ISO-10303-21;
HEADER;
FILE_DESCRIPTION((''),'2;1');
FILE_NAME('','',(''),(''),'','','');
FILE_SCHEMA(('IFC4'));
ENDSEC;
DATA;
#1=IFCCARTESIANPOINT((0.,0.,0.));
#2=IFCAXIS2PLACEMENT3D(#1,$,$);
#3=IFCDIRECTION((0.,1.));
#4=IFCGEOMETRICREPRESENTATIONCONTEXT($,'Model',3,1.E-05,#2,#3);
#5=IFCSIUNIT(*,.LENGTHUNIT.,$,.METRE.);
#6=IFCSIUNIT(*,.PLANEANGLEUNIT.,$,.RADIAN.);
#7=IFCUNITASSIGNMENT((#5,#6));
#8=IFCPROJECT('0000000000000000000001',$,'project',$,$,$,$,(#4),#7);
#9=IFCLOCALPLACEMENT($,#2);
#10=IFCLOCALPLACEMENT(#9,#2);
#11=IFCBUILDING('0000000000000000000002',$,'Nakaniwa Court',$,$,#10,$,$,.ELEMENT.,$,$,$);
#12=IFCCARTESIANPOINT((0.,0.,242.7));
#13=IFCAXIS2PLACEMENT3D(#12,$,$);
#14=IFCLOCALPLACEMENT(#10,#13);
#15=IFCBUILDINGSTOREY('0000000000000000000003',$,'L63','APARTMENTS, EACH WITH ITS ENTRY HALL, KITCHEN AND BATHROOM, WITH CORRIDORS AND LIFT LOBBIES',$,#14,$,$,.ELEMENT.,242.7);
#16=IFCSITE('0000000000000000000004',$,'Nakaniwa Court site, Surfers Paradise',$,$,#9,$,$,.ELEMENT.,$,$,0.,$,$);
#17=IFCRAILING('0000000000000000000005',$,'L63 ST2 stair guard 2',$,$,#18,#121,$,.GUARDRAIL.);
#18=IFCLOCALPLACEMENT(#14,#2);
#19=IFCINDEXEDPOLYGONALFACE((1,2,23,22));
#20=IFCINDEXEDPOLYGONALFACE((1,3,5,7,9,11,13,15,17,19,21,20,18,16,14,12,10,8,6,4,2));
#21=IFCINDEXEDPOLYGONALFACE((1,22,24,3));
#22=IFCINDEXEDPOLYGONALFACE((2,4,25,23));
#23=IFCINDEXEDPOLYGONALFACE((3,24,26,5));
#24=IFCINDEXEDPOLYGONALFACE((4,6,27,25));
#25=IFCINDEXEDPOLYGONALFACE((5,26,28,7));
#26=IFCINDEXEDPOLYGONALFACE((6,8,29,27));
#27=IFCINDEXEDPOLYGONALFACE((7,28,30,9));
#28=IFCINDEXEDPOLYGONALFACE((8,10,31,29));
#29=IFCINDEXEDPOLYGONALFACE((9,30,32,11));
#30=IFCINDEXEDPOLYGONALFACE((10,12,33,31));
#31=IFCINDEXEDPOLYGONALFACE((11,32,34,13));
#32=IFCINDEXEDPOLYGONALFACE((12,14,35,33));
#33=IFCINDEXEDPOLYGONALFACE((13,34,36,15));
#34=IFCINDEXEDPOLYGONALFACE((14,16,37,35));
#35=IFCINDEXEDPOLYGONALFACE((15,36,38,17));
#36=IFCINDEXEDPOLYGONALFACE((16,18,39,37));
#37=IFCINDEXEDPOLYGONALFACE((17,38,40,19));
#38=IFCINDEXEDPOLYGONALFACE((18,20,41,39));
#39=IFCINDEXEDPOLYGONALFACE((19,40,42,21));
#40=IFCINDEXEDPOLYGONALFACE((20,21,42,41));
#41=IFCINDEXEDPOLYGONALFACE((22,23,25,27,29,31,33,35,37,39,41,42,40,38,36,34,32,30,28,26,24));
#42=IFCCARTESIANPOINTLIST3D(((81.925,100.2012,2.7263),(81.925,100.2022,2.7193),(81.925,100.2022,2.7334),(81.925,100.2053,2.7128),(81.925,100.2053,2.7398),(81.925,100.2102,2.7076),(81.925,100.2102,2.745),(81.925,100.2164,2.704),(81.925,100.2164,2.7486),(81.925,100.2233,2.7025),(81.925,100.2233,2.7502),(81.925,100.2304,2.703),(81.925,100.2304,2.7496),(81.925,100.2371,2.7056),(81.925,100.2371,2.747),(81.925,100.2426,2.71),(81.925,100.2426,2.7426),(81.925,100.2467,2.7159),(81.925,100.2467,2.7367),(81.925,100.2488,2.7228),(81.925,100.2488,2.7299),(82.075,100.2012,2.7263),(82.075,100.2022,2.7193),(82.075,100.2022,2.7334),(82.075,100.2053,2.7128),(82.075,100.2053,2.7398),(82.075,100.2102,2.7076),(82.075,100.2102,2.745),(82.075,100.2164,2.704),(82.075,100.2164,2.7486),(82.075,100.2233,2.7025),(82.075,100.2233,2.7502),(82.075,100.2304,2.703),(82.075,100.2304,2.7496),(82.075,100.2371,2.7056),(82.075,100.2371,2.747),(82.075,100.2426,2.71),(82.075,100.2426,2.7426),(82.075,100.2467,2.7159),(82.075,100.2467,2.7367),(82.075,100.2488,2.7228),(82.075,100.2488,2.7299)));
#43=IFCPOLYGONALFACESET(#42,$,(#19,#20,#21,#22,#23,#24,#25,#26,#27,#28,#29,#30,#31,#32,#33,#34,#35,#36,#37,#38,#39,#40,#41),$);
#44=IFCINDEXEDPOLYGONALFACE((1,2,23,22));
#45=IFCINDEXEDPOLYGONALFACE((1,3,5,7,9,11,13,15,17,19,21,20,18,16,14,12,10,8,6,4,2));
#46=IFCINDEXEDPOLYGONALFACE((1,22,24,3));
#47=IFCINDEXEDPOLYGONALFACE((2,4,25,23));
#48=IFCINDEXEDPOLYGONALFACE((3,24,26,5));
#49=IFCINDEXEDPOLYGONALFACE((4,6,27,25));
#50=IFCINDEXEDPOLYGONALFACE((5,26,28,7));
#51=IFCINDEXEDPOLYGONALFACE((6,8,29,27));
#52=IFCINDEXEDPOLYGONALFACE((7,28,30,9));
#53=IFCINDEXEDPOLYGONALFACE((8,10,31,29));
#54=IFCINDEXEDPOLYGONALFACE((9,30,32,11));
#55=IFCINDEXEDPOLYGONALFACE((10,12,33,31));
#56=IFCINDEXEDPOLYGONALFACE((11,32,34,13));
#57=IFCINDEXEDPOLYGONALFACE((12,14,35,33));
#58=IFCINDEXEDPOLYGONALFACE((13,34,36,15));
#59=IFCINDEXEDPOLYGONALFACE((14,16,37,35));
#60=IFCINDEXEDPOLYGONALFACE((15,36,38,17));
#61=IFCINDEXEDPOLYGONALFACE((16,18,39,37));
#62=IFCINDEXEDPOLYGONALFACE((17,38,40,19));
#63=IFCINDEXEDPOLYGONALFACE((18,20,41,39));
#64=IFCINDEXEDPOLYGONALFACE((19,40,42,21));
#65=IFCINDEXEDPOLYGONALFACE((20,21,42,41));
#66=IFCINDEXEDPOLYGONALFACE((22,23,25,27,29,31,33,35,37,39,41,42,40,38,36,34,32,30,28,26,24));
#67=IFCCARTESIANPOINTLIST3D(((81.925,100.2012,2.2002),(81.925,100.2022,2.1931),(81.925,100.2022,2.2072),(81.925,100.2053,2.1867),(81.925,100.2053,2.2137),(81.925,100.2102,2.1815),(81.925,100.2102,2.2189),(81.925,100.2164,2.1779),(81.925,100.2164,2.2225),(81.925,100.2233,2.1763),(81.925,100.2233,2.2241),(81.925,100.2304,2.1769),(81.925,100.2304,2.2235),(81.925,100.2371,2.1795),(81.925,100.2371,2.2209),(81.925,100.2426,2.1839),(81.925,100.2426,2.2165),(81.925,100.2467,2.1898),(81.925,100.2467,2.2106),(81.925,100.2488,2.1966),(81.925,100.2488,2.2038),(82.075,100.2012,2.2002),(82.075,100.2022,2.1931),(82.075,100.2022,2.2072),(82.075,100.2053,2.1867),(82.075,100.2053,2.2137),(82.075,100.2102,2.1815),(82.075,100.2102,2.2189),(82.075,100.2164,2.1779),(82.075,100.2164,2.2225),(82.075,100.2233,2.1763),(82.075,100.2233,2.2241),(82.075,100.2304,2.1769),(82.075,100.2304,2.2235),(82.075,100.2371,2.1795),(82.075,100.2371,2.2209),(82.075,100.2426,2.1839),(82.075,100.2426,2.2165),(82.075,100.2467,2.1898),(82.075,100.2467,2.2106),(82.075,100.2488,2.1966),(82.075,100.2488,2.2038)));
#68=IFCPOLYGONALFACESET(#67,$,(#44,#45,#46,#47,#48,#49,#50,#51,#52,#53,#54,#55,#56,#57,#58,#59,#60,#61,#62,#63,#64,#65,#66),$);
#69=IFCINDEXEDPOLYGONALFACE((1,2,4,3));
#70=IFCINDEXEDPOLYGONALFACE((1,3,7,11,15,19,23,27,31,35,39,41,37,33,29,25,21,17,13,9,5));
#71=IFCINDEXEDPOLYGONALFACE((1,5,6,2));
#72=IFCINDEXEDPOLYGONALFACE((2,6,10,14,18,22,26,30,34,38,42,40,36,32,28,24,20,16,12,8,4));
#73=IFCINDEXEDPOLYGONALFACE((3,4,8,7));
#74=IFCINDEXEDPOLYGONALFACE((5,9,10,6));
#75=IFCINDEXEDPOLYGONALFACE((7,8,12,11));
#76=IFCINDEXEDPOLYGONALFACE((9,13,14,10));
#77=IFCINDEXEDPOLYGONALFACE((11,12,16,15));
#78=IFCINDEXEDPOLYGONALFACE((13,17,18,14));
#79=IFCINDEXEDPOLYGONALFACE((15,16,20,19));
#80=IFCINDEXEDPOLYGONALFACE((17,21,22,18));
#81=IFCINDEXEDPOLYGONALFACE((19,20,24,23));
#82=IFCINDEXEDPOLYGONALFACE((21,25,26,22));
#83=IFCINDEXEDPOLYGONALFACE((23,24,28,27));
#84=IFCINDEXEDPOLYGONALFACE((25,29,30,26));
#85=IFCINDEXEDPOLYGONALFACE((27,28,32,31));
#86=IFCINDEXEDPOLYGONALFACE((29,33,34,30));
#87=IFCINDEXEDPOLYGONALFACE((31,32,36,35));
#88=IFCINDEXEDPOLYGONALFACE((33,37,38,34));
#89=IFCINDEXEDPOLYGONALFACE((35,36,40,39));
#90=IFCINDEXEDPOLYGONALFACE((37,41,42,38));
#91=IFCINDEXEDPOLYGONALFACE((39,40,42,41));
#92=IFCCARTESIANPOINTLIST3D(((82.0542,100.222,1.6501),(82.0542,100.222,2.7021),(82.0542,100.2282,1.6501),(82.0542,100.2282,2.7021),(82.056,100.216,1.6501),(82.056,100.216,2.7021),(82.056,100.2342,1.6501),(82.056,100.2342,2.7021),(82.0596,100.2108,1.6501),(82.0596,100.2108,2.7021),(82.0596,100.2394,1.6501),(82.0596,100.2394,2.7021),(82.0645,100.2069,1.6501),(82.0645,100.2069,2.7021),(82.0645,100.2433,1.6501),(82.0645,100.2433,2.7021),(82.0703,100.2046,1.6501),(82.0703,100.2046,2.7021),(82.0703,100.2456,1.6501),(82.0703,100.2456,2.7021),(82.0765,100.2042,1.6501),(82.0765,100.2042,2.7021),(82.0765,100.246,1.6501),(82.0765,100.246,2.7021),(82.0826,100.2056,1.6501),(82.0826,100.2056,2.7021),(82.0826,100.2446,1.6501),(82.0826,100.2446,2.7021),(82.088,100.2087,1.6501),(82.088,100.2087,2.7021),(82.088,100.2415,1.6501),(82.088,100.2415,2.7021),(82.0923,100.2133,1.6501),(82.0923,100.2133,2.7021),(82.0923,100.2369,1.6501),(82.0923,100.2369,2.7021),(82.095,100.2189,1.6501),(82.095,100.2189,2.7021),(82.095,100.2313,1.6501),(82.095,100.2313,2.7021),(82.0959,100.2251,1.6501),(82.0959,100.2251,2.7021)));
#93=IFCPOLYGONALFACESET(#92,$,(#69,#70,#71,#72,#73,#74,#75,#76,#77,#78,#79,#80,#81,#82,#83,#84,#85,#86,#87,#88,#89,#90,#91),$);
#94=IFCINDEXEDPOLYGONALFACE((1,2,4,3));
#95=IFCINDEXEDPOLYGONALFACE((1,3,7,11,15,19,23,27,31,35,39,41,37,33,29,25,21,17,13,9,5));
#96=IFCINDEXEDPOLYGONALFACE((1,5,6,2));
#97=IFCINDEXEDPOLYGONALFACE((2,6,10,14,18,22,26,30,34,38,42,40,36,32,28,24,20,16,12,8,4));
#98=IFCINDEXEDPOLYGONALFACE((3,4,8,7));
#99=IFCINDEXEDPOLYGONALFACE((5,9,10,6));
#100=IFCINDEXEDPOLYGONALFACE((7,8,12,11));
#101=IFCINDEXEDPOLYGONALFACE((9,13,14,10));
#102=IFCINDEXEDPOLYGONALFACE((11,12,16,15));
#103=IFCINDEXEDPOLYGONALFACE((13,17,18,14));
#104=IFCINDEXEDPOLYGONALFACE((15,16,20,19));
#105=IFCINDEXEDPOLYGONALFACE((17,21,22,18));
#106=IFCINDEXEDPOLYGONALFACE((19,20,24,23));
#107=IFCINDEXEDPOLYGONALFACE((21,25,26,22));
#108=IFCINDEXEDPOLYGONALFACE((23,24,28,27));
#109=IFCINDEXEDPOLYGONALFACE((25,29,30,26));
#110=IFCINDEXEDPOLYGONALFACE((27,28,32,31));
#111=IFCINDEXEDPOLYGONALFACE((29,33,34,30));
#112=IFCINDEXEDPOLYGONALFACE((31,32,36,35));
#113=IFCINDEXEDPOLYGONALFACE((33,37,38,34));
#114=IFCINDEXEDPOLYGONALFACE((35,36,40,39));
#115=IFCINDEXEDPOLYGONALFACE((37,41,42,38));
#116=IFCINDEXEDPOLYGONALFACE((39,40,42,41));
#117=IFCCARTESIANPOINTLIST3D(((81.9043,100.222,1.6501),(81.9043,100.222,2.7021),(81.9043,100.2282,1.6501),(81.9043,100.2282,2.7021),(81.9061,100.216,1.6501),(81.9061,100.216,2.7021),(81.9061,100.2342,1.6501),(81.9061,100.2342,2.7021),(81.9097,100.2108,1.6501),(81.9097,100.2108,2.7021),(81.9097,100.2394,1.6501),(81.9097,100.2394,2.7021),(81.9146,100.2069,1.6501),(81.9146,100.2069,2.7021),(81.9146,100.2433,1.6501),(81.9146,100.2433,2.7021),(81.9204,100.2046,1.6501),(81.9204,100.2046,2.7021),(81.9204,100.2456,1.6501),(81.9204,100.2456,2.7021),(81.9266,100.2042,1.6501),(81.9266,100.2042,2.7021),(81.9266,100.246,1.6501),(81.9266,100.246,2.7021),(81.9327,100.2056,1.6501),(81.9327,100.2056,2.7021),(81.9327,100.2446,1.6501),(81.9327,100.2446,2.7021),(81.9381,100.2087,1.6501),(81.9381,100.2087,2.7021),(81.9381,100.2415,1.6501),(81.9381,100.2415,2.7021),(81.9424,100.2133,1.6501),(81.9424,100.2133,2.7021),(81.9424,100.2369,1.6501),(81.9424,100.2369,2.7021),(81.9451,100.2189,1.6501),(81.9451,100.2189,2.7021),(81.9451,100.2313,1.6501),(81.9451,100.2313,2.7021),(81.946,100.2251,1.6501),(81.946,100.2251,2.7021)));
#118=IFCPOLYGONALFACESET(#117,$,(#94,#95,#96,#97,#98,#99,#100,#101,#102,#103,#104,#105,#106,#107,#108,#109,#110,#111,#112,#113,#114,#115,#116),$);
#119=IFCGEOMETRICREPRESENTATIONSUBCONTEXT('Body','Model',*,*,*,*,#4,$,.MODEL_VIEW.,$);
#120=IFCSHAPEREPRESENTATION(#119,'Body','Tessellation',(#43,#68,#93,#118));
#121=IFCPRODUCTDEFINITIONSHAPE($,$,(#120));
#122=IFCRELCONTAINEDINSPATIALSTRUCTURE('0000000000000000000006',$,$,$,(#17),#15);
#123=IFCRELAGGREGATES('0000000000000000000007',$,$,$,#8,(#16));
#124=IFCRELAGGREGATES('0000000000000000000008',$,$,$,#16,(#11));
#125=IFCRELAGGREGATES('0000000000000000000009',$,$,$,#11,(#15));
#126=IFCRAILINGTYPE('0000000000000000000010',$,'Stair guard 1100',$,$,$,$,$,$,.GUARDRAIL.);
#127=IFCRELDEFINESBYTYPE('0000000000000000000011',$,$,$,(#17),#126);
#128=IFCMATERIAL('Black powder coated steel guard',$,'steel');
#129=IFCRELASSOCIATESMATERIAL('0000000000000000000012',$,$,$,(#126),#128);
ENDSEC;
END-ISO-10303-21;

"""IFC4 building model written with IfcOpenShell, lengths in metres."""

from ifc_helpers import new_model, si_unit, direction, frame, origin, origin_2d, place, context, subcontext, project, spatial, circle, extrude, material, type_object, element, save


model = new_model("IFC4")

# Units and contexts
model_context = context("Model", 3, precision=1e-05, world=origin(), true_north=direction((0.0, 1.0)))
body_context = subcontext(model_context, "Body", "Model", "MODEL_VIEW")
ifc_project = project(units=[si_unit("LENGTHUNIT", "METRE"), si_unit("PLANEANGLEUNIT", "RADIAN")], contexts=[model_context])

# Site, building, storey
site_placement = place(None, origin())
site = spatial("IfcSite", under=ifc_project, at=site_placement, Name="Nakaniwa Court site, Surfers Paradise", CompositionType="ELEMENT", RefElevation=0.0)
building_placement = place(site_placement, origin())
building = spatial("IfcBuilding", under=site, at=building_placement, Name="Nakaniwa Court", CompositionType="ELEMENT")
storey_placement = place(building_placement, frame((0.0, 0.0, 242.7)))
storey = spatial("IfcBuildingStorey", under=building, at=storey_placement, Name="L63", Description="APARTMENTS, EACH WITH ITS ENTRY HALL, KITCHEN AND BATHROOM, WITH CORRIDORS AND LIFT LOBBIES", CompositionType="ELEMENT", Elevation=242.7)

# Railing
ifc_material_1 = material(Name="Black powder coated steel guard", Category="steel")
railing_type_1 = type_object("IfcRailingType", Name="Stair guard 1100", PredefinedType="GUARDRAIL", material=ifc_material_1)
railing_1_placement = place(storey_placement, frame((82.075, 100.2251, 1.6501)))
element("IfcRailing", 1, at=railing_1_placement, inside=storey, type_object=railing_type_1, Name="L63 ST2 stair guard 2", PredefinedType="GUARDRAIL", context=body_context, shape_type="SweptSolid", body=[
    extrude(circle(Radius=0.0239, at=origin_2d()), frame((0.0, 0.0, 1.0762), z_axis=(-1.0, 0.0, 0.0), x_axis=(0.0, -1.0, 0.0)), (0.0, 0.0, 1.0), 0.1499),
    extrude(circle(Radius=0.0239, at=origin_2d()), frame((0.0, 0.0, 0.55), z_axis=(-1.0, 0.0, 0.0), x_axis=(0.0, -1.0, 0.0)), (0.0, 0.0, 1.0), 0.1499),
    extrude(circle(Radius=0.021, at=origin_2d()), origin(), (0.0, 0.0, 1.0), 1.052),
    extrude(circle(Radius=0.021, at=origin_2d()), frame((-0.1499, 0.0, 0.0)), (0.0, 0.0, 1.0), 1.052),
])

save(model, "model.ifc")
